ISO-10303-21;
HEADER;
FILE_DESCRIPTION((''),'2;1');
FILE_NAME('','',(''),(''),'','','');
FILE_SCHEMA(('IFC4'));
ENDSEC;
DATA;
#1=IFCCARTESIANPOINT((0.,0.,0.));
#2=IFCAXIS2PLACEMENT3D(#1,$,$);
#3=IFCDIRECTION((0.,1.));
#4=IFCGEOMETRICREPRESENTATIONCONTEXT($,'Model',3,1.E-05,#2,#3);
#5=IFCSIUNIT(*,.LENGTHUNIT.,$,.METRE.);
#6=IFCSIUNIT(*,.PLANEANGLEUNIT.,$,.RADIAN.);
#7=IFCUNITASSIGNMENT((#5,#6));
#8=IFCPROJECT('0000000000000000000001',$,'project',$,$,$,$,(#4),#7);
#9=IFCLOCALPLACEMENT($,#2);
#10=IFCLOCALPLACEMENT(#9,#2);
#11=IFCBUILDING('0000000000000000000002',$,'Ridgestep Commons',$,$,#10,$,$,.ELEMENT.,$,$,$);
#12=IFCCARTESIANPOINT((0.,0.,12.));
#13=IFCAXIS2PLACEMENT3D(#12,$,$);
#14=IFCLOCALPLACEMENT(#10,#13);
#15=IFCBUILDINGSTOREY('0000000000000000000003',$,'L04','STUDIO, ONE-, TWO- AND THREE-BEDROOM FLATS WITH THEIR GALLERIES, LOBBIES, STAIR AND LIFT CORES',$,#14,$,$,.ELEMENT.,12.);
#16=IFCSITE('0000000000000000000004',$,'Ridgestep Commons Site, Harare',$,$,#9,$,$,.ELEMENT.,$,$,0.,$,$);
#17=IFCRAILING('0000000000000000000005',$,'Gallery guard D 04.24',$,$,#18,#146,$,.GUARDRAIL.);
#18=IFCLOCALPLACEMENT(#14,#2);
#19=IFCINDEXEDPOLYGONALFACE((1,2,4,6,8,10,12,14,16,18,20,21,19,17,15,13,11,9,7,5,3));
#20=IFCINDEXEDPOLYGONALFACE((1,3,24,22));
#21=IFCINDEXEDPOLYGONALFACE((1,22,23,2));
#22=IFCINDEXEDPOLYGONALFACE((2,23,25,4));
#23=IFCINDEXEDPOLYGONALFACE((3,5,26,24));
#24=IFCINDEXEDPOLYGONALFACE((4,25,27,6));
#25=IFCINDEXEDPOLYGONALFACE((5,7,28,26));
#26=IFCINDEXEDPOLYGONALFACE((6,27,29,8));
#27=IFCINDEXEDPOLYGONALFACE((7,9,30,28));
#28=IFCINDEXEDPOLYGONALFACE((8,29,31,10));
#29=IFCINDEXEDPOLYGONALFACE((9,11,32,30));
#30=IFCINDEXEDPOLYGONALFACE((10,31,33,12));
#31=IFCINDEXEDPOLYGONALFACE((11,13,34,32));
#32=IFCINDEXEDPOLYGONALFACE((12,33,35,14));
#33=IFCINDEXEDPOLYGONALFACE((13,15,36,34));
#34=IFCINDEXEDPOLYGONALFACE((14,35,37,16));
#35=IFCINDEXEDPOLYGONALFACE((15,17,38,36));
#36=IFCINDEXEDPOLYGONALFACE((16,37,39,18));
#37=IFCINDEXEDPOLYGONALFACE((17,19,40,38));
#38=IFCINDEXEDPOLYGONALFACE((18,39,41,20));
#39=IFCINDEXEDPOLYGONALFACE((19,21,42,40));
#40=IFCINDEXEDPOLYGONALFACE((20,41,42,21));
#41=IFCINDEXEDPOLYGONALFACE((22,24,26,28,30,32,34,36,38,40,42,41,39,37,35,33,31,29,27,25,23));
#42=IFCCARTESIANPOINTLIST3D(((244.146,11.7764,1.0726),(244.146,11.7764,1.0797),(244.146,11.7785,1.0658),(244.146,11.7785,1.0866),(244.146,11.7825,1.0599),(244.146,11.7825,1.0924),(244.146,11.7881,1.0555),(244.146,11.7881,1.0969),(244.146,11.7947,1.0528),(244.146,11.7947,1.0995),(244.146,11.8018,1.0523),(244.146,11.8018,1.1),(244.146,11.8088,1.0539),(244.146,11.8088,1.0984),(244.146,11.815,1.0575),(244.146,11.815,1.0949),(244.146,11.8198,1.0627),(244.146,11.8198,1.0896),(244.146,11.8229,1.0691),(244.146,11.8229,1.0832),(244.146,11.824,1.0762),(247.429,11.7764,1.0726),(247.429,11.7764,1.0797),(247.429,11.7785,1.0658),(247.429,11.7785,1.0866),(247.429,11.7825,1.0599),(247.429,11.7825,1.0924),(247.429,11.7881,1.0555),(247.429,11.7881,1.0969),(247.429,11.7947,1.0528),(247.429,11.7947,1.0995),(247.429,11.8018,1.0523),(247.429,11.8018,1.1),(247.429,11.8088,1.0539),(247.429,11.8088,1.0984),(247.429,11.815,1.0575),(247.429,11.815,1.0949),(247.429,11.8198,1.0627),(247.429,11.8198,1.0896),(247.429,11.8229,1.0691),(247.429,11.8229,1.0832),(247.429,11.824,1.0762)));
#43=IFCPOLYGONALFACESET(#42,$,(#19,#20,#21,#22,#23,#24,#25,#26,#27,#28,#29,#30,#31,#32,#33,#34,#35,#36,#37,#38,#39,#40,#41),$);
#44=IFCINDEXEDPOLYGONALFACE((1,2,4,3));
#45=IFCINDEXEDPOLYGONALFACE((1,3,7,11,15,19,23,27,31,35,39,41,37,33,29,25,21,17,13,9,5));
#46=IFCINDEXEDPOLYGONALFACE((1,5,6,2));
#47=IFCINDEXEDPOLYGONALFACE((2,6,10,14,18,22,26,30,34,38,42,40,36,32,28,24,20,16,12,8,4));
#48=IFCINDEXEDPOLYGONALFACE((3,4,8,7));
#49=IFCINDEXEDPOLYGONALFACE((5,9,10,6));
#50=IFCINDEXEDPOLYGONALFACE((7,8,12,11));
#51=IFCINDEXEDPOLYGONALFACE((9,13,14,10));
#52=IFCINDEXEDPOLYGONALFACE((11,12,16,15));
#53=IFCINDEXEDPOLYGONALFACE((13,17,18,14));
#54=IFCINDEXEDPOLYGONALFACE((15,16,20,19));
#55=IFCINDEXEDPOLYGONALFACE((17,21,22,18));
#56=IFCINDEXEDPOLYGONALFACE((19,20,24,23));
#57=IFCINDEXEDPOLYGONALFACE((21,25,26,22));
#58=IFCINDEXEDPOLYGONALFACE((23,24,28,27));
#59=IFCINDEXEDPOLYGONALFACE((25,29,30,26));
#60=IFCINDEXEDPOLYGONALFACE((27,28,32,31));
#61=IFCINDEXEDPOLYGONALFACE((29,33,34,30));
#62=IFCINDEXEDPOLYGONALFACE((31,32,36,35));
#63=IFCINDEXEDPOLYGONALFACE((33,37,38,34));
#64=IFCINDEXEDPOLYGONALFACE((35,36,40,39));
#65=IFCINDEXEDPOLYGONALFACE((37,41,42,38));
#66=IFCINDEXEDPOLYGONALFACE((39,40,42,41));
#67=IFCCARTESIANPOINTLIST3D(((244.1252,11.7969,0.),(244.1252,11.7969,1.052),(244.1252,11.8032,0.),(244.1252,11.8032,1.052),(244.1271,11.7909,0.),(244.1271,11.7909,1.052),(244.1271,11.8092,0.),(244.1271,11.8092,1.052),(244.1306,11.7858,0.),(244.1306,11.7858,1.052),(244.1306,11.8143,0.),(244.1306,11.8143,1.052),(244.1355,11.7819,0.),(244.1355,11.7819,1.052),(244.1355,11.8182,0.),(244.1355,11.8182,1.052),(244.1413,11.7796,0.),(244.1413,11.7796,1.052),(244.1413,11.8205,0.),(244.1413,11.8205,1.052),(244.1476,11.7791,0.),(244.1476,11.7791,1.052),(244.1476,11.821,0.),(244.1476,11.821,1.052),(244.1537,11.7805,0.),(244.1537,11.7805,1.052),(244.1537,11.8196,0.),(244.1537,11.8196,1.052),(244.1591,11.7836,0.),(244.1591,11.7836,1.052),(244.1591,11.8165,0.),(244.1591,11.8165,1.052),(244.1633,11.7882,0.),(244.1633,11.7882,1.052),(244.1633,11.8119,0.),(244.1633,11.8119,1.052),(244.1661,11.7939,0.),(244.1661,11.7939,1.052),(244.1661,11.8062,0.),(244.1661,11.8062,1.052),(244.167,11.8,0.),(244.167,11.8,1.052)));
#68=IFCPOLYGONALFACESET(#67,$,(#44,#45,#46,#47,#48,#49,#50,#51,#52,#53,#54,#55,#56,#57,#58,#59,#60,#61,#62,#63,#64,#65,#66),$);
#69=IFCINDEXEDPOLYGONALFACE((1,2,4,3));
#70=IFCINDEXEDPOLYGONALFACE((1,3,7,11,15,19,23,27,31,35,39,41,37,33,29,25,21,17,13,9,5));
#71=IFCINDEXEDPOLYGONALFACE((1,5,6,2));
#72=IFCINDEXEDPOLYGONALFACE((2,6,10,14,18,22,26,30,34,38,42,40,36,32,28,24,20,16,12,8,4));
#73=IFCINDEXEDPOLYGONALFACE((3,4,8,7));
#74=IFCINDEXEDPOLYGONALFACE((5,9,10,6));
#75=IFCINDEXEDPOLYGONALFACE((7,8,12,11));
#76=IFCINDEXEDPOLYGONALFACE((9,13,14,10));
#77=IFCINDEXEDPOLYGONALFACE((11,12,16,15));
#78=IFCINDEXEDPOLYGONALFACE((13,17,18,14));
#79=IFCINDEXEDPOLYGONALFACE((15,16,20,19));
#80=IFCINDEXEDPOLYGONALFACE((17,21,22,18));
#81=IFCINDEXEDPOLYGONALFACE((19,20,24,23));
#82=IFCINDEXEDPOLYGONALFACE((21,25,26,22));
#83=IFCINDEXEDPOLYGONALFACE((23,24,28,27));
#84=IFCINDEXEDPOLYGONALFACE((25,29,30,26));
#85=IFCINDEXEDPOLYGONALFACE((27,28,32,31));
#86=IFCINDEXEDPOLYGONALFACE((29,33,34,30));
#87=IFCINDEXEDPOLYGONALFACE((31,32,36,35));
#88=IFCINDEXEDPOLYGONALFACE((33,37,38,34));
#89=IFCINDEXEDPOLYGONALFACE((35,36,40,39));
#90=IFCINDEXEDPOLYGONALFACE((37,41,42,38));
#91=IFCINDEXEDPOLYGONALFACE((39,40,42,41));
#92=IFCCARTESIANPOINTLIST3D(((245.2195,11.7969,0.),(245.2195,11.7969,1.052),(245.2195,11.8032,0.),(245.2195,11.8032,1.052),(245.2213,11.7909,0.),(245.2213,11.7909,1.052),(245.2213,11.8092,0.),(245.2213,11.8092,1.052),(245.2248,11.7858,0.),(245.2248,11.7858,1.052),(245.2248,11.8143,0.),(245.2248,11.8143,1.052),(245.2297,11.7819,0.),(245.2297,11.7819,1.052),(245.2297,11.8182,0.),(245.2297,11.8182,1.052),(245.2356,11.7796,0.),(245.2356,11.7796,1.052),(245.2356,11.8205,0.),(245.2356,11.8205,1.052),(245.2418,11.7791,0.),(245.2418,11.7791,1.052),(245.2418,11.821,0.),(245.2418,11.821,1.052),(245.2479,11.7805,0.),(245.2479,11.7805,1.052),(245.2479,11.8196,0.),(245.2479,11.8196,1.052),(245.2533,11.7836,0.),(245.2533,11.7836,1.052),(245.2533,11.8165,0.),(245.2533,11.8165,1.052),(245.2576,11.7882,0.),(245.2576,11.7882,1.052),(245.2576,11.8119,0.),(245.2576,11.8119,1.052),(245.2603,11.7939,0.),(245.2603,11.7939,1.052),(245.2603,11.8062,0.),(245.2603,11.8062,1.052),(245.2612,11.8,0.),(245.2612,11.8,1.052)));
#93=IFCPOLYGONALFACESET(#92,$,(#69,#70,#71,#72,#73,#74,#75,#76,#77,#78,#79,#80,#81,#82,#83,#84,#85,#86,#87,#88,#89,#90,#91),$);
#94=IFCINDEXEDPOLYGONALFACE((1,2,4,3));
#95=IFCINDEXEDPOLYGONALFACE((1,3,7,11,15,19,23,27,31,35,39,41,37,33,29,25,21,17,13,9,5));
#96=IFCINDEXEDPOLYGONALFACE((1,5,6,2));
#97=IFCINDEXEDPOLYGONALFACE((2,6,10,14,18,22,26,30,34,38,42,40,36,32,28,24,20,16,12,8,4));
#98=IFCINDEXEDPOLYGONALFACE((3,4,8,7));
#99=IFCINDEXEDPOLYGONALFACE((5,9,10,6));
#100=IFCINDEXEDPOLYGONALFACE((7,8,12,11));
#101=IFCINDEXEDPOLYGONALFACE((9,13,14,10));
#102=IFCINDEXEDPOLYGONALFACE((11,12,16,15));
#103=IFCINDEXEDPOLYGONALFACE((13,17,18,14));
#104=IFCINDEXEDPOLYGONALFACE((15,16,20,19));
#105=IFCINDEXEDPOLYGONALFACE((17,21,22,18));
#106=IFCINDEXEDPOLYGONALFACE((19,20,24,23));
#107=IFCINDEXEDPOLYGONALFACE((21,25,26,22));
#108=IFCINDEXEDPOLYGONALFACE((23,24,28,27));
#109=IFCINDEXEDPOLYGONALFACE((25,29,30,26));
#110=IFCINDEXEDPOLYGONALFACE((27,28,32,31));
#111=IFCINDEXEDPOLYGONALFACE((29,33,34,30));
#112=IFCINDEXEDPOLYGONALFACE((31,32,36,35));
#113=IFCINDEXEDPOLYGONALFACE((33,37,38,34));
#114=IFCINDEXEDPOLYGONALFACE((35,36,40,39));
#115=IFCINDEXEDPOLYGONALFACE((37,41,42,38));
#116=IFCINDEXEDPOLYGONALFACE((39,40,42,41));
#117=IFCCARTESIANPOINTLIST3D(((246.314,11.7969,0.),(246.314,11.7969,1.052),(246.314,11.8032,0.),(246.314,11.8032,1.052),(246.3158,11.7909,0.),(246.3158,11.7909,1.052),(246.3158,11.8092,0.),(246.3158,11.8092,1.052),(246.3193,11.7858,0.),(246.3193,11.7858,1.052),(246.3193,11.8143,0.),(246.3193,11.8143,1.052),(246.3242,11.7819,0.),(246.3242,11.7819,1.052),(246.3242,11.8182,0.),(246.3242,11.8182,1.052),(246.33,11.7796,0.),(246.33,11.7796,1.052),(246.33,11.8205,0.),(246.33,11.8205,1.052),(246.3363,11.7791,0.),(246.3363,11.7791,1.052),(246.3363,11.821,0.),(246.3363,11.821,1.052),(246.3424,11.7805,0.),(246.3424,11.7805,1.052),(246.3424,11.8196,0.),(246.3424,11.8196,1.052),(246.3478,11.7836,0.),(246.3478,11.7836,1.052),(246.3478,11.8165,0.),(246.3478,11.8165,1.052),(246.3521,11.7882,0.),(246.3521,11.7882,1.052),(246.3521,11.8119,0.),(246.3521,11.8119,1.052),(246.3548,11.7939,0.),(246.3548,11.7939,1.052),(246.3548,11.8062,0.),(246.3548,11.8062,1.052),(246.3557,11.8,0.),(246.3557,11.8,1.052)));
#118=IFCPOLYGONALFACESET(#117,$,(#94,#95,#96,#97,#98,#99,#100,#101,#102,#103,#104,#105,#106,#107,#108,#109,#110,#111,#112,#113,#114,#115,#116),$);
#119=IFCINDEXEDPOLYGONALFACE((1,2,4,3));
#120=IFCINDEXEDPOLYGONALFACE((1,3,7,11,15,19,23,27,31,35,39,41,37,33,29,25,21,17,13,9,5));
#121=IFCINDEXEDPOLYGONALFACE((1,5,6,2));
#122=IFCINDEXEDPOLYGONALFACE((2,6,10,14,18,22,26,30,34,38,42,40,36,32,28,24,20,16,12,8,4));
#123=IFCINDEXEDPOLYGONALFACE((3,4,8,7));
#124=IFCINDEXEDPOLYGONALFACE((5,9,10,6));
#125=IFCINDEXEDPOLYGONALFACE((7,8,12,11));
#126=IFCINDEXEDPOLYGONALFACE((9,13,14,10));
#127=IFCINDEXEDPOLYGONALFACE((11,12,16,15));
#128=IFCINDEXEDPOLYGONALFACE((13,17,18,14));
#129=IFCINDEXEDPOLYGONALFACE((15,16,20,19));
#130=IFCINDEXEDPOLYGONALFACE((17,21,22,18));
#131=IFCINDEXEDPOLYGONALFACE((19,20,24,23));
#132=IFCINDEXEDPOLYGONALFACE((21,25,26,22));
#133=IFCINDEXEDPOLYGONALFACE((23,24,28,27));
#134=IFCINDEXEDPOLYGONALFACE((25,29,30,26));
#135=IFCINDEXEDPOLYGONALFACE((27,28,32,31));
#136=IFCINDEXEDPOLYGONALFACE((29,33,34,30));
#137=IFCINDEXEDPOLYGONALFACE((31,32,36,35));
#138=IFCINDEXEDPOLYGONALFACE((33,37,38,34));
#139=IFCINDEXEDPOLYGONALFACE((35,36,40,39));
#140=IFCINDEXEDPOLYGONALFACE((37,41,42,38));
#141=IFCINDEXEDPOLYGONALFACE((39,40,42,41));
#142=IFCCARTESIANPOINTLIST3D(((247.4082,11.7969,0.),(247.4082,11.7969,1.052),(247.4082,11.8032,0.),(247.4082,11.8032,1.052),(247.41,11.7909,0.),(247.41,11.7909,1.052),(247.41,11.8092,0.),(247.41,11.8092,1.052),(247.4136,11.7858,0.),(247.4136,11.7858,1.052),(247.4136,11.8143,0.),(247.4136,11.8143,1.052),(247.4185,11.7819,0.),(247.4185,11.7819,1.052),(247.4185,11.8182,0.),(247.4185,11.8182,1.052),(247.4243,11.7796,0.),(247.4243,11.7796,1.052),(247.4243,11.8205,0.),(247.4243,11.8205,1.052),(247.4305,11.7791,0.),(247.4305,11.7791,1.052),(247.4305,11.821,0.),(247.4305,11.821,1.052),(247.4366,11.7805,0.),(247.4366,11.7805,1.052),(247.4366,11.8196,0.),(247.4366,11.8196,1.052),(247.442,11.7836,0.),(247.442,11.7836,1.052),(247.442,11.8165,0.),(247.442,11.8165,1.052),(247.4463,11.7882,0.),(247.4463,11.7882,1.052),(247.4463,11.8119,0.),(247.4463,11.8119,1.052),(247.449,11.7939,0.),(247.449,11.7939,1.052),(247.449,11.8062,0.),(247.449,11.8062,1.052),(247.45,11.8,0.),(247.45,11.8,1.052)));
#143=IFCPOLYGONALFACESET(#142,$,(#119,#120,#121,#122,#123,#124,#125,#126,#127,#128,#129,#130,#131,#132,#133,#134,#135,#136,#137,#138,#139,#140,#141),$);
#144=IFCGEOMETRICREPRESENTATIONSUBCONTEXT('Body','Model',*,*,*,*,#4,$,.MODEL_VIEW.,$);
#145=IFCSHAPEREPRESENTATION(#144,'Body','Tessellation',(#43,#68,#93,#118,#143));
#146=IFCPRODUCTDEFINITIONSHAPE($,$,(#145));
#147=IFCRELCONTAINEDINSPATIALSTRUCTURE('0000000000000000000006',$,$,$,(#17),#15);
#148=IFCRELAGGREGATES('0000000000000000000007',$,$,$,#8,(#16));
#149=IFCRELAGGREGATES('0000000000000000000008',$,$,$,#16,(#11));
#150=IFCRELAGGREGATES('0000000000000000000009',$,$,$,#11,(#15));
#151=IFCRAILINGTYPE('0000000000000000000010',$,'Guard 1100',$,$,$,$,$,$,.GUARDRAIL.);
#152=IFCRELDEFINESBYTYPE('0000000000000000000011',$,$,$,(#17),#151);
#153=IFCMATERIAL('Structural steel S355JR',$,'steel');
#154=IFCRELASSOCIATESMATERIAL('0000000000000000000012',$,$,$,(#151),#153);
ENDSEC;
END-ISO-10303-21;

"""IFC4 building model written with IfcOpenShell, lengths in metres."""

from ifc_helpers import new_model, si_unit, direction, frame, origin, origin_2d, place, context, subcontext, project, spatial, circle, extrude, material, type_object, element, save


model = new_model("IFC4")

# Units and contexts
model_context = context("Model", 3, precision=1e-05, world=origin(), true_north=direction((0.0, 1.0)))
body_context = subcontext(model_context, "Body", "Model", "MODEL_VIEW")
ifc_project = project(units=[si_unit("LENGTHUNIT", "METRE"), si_unit("PLANEANGLEUNIT", "RADIAN")], contexts=[model_context])

# Site, building, storey
site_placement = place(None, origin())
site = spatial("IfcSite", under=ifc_project, at=site_placement, Name="Ridgestep Commons Site, Harare", CompositionType="ELEMENT", RefElevation=0.0)
building_placement = place(site_placement, origin())
building = spatial("IfcBuilding", under=site, at=building_placement, Name="Ridgestep Commons", CompositionType="ELEMENT")
storey_placement = place(building_placement, frame((0.0, 0.0, 12.0)))
storey = spatial("IfcBuildingStorey", under=building, at=storey_placement, Name="L04", Description="STUDIO, ONE-, TWO- AND THREE-BEDROOM FLATS WITH THEIR GALLERIES, LOBBIES, STAIR AND LIFT CORES", CompositionType="ELEMENT", Elevation=12.0)

# Railing
ifc_material_1 = material(Name="Structural steel S355JR", Category="steel")
railing_type = type_object("IfcRailingType", Name="Guard 1100", PredefinedType="GUARDRAIL", material=ifc_material_1)
railing_1_placement = place(storey_placement, frame((244.146, 11.8, 0.0)))
element("IfcRailing", 1, at=railing_1_placement, inside=storey, type_object=railing_type, Name="Gallery guard D 04.24", PredefinedType="GUARDRAIL", context=body_context, shape_type="SweptSolid", body=[
    extrude(circle(Radius=0.0239, at=origin_2d()), frame((0.0, 0.0, 1.0762), z_axis=(1.0, 0.0, 0.0), x_axis=(0.0, 1.0, 0.0)), (0.0, 0.0, 1.0), 3.283),
    extrude(circle(Radius=0.021, at=origin_2d()), origin(), (0.0, 0.0, 1.0), 1.052),
    extrude(circle(Radius=0.021, at=origin_2d()), frame((1.0942, 0.0, 0.0)), (0.0, 0.0, 1.0), 1.052),
    extrude(circle(Radius=0.021, at=origin_2d()), frame((2.1887, 0.0, 0.0)), (0.0, 0.0, 1.0), 1.052),
    extrude(circle(Radius=0.021, at=origin_2d()), frame((3.283, 0.0, 0.0)), (0.0, 0.0, 1.0), 1.052),
])

save(model, "model.ifc")
